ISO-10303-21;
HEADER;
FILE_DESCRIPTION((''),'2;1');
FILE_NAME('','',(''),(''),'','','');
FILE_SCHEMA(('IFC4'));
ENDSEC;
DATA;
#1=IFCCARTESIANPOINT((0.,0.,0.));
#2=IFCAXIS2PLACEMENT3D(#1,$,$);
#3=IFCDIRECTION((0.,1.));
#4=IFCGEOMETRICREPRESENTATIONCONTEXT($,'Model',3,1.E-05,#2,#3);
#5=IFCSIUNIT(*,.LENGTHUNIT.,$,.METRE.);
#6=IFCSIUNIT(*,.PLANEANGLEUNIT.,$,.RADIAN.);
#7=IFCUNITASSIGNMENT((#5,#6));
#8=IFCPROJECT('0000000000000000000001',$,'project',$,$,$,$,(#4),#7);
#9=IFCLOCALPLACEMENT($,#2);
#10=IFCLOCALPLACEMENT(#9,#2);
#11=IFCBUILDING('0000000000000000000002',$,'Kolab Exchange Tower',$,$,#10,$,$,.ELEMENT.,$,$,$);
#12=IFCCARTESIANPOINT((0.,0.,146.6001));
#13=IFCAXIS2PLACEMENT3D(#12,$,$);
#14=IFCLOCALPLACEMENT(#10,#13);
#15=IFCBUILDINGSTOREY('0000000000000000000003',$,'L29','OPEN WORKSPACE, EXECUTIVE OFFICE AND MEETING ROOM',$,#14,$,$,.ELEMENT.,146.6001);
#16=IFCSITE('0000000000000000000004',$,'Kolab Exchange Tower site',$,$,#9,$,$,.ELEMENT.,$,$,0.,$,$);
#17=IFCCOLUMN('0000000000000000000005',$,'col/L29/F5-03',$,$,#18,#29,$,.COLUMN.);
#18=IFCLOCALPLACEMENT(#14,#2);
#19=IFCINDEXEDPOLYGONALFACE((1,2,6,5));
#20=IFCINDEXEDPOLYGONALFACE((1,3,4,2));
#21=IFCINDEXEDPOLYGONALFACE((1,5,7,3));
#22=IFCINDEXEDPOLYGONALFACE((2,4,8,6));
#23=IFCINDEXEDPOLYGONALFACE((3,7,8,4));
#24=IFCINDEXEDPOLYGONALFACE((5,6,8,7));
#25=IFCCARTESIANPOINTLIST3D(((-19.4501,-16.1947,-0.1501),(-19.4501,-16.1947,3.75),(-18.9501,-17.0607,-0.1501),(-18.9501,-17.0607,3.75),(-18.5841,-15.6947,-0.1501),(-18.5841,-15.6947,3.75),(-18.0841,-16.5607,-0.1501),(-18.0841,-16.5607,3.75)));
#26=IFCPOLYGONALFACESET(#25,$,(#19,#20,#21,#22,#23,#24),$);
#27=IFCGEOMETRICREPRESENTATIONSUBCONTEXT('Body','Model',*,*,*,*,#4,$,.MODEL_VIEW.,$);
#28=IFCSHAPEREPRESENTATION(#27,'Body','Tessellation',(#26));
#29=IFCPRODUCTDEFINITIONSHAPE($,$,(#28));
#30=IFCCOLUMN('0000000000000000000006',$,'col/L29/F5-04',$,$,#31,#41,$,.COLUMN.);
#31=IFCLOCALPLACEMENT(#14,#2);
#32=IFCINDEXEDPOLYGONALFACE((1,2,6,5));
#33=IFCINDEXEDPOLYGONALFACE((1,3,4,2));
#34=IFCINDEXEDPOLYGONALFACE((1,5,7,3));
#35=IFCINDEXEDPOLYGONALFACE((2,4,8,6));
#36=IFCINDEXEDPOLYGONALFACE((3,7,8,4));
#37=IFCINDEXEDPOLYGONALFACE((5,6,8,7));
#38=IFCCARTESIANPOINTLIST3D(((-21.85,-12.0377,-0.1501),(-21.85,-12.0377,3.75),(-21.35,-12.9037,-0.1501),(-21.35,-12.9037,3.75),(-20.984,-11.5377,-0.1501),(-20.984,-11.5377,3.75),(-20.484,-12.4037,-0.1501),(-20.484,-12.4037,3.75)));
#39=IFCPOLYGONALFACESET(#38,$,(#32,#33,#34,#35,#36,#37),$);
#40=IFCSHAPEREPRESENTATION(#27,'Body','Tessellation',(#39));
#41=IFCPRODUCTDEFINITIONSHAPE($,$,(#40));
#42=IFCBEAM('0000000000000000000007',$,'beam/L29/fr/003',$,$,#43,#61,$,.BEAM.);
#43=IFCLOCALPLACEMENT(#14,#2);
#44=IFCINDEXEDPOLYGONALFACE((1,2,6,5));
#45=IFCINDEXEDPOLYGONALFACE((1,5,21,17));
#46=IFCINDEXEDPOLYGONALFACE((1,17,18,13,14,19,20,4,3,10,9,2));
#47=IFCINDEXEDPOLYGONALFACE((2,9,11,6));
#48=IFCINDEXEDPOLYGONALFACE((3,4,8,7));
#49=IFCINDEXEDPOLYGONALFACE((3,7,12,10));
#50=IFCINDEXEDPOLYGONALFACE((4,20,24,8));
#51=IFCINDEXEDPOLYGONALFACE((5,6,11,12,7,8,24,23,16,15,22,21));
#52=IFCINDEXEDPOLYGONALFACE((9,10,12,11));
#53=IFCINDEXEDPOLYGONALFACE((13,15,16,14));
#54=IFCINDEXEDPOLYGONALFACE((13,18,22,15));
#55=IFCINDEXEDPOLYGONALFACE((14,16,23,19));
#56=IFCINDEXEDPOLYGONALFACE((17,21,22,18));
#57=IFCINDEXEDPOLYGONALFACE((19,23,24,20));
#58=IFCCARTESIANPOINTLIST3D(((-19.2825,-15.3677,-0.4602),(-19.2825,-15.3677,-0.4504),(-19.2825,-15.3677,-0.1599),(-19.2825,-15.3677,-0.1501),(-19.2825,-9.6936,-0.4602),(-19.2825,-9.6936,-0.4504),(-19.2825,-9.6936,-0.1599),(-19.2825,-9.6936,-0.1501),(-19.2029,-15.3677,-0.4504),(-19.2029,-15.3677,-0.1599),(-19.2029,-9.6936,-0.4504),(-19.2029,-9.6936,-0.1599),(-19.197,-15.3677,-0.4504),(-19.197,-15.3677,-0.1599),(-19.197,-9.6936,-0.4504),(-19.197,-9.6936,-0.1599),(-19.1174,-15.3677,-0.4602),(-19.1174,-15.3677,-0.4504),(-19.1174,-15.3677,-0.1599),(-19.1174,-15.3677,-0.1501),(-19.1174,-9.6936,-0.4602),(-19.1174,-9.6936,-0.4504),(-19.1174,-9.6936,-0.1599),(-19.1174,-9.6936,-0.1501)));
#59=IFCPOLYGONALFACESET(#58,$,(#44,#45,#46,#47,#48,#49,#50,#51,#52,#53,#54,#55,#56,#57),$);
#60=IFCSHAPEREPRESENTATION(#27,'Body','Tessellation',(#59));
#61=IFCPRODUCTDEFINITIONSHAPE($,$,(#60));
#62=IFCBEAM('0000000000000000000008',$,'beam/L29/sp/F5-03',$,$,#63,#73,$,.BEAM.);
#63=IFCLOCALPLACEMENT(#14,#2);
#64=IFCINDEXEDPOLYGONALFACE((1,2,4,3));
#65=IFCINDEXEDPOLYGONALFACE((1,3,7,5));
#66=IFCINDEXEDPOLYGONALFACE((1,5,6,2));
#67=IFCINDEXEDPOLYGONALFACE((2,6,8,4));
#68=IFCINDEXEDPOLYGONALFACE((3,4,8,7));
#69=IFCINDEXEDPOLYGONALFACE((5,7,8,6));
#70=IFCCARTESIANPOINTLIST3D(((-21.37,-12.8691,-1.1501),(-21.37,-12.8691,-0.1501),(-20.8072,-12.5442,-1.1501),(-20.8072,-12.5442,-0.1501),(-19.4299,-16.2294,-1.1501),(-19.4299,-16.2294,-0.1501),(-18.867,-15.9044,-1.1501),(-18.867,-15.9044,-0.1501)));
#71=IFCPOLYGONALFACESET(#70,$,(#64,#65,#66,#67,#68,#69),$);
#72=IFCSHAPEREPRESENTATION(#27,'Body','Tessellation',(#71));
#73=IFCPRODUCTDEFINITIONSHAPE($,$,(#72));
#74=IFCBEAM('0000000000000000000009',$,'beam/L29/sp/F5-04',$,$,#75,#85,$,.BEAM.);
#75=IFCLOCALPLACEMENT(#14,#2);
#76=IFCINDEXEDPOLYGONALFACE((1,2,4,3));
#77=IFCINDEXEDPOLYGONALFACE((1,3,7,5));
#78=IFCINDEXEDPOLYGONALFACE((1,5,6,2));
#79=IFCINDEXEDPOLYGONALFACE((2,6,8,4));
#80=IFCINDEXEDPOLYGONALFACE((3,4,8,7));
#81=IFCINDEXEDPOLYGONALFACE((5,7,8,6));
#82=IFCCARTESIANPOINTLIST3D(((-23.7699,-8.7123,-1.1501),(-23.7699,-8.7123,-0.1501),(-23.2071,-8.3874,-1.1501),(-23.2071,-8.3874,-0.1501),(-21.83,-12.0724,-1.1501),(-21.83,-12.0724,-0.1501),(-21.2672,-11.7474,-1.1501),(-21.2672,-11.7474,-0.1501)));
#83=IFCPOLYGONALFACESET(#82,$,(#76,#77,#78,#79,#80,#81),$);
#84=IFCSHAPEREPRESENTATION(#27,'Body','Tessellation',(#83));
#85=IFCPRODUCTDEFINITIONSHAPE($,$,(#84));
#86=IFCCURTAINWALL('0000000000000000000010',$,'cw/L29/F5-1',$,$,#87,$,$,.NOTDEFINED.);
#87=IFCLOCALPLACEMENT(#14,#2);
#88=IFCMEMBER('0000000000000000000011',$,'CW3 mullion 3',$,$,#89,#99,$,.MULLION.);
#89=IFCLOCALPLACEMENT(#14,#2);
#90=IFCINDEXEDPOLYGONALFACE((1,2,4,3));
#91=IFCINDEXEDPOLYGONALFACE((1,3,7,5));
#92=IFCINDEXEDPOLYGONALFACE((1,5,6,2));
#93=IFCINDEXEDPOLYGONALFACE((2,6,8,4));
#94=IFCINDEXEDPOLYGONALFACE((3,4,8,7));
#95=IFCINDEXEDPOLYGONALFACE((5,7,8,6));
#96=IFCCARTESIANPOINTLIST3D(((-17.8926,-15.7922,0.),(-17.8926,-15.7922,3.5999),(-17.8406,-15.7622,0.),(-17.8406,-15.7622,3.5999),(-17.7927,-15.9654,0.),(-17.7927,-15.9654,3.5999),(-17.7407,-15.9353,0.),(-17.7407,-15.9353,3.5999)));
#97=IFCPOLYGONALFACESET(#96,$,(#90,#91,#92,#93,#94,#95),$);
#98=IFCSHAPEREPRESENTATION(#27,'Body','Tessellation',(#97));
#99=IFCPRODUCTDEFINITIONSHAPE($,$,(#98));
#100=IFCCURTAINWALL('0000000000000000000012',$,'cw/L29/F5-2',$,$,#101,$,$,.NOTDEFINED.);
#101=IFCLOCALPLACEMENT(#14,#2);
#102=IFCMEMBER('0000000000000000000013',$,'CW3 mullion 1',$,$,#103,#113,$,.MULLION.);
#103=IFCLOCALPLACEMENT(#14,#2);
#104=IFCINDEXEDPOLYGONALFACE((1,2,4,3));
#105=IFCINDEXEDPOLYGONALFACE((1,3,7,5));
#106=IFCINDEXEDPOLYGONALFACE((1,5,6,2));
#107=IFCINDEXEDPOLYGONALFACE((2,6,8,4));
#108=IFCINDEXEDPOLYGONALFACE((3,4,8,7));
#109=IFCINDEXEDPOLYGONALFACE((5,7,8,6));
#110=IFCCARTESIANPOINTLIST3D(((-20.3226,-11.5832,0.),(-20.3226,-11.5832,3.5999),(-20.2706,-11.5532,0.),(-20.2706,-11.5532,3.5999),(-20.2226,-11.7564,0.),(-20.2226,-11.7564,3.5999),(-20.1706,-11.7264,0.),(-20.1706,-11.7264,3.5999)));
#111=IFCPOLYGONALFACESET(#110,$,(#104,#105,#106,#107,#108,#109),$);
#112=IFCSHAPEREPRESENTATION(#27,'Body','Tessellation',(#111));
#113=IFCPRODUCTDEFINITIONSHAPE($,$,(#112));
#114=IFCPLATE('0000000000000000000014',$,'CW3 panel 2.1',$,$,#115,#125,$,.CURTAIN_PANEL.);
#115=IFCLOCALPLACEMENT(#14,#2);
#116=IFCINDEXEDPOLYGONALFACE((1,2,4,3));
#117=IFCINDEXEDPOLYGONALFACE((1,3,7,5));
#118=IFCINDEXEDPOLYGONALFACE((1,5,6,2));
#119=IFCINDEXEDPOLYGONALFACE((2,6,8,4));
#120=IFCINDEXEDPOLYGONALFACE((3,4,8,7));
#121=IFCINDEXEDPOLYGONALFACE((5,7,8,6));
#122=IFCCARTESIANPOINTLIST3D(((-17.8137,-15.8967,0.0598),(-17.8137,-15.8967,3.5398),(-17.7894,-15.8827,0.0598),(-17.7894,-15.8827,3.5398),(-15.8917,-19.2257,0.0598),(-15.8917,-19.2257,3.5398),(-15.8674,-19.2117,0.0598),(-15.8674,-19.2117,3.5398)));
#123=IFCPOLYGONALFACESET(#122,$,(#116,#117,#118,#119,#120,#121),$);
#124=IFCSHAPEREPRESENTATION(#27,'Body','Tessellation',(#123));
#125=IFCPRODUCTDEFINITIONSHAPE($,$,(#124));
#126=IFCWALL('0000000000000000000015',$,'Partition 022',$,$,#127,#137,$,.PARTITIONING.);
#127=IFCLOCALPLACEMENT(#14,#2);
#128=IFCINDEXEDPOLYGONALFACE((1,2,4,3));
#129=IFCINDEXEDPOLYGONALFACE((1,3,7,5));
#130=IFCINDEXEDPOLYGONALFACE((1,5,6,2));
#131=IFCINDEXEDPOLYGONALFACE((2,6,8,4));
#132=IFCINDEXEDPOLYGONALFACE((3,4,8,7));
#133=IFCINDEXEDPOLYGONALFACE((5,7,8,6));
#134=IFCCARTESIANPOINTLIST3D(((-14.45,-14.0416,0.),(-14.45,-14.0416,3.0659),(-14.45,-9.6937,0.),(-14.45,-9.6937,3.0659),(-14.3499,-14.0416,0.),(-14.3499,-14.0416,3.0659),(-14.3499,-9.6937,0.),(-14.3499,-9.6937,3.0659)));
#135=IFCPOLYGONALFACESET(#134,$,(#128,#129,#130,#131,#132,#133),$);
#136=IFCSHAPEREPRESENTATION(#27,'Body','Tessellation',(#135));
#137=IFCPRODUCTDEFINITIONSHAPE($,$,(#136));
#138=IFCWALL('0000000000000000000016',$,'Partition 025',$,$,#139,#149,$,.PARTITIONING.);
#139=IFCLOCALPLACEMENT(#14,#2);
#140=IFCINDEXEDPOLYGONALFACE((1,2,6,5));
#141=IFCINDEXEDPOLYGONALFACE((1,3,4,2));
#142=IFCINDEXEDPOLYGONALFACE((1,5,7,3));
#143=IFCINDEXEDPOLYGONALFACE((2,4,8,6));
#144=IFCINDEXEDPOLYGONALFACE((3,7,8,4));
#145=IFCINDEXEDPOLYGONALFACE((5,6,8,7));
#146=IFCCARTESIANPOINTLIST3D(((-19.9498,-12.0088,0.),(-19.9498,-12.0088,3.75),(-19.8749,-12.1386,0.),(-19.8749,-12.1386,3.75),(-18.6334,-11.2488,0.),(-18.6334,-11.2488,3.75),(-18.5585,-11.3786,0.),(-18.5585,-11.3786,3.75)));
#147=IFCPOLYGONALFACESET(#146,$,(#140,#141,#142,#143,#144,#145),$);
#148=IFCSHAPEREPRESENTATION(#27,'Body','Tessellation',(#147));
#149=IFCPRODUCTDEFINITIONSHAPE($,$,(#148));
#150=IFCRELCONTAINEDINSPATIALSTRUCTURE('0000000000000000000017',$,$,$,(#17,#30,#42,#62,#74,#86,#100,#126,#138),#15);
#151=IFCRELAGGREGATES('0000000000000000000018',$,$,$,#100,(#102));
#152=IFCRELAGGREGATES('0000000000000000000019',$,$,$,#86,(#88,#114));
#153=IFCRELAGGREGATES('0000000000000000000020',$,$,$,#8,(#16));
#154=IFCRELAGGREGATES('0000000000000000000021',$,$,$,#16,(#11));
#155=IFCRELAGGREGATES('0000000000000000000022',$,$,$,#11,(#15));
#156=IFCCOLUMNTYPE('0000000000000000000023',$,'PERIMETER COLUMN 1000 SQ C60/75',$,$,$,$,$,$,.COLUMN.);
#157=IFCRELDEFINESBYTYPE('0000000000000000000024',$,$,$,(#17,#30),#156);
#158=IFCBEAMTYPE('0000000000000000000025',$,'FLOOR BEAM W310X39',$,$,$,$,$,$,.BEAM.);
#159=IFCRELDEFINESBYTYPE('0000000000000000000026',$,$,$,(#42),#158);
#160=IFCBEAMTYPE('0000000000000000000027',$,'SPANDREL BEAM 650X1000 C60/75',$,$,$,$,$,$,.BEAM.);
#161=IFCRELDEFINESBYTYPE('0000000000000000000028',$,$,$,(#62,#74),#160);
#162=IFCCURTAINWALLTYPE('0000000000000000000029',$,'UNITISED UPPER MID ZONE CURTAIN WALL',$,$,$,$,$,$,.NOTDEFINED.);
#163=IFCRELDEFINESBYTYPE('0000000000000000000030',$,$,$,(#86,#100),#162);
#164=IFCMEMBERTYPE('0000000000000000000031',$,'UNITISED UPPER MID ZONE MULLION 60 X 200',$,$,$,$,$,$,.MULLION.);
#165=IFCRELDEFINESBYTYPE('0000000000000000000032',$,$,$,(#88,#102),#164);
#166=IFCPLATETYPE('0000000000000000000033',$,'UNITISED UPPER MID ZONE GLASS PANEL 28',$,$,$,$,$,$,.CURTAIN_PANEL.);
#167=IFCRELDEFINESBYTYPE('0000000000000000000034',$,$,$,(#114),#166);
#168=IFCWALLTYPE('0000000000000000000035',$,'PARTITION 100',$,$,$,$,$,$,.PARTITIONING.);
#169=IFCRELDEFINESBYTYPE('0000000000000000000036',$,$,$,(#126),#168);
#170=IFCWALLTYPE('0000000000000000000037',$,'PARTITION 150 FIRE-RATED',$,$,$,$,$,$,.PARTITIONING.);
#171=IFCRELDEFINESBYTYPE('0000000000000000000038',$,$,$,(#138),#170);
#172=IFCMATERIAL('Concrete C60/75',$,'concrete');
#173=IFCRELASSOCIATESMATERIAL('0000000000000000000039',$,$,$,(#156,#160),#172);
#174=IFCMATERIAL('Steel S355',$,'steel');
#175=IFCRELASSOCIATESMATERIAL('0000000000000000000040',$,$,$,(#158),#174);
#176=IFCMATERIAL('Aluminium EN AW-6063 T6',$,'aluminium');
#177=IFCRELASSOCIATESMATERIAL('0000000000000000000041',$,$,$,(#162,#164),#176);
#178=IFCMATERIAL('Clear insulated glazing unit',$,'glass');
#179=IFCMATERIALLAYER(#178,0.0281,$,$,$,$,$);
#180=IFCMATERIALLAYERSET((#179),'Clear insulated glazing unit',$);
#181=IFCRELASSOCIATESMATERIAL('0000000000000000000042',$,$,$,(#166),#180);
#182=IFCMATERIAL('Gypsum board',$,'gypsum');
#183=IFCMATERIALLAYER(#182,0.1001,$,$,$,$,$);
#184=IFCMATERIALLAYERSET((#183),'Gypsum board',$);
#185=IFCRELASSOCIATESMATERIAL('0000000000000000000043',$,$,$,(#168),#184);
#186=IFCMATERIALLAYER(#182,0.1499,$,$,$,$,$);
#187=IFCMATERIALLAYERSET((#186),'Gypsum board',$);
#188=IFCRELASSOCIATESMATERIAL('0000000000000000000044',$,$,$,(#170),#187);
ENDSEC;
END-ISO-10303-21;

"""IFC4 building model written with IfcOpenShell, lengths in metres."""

from ifc_helpers import new_model, si_unit, direction, frame, frame_2d, origin, origin_2d, place, context, subcontext, project, spatial, rectangle, i_section, extrude, material, layer, layer_set, material_profile, profile_set, type_object, element, aggregate, save


model = new_model("IFC4")

# Units and contexts
model_context = context("Model", 3, precision=1e-05, world=origin(), true_north=direction((0.0, 1.0)))
body_context = subcontext(model_context, "Body", "Model", "MODEL_VIEW")
ifc_project = project(units=[si_unit("LENGTHUNIT", "METRE"), si_unit("PLANEANGLEUNIT", "RADIAN")], contexts=[model_context])

# Site, building, storey
site_placement = place(None, origin())
site = spatial("IfcSite", under=ifc_project, at=site_placement, Name="Kolab Exchange Tower site", CompositionType="ELEMENT", RefElevation=0.0)
building_placement = place(site_placement, origin())
building = spatial("IfcBuilding", under=site, at=building_placement, Name="Kolab Exchange Tower", CompositionType="ELEMENT")
storey_placement = place(building_placement, frame((0.0, 0.0, 146.6001)))
storey = spatial("IfcBuildingStorey", under=building, at=storey_placement, Name="L29", Description="OPEN WORKSPACE, EXECUTIVE OFFICE AND MEETING ROOM", CompositionType="ELEMENT", Elevation=146.6001)

# Columns
ifc_material_1 = material(Name="Concrete C60/75", Category="concrete")
ifc_material_profile_1 = material_profile(ifc_material_1, rectangle(XDim=1.0, YDim=1.0, at=origin_2d()), Name="RC1000")
ifc_profile_set_1 = profile_set([ifc_material_profile_1], Name="Concrete C60/75")
column_type = type_object("IfcColumnType", Name="PERIMETER COLUMN 1000 SQ C60/75", PredefinedType="COLUMN", material=ifc_profile_set_1)
for number, where, z_axis, x_axis, name in (
    (1, (-18.7671, -16.3777, -0.1501), (0.0, 0.0, 1.0), (0.866025, 0.5, 0.0), "col/L29/F5-03"),
    (2, (-21.167, -12.2207, -0.1501), (0.0, 0.0, 1.0), (0.866025, 0.5, 0.0), "col/L29/F5-04"),
):
    element("IfcColumn", number, at=place(storey_placement, frame(where, z_axis=z_axis, x_axis=x_axis)), inside=storey, type_object=column_type, Name=name, PredefinedType="COLUMN", context=body_context, shape_type="SweptSolid", body=[
        extrude(rectangle(XDim=1.0, YDim=1.0, at=origin_2d()), origin(), (0.0, 0.0, 1.0), 3.9001),
    ])

# Beams
ifc_material_2 = material(Name="Steel S355", Category="steel")
ifc_material_profile_2 = material_profile(ifc_material_2, i_section(OverallWidth=0.165, OverallDepth=0.3101, WebThickness=0.0059, FlangeThickness=0.0098, at=origin_2d()), Name="W310X39")
ifc_profile_set_2 = profile_set([ifc_material_profile_2], Name="Steel S355")
beam_type_1 = type_object("IfcBeamType", Name="FLOOR BEAM W310X39", PredefinedType="BEAM", material=ifc_profile_set_2)
beam_1_placement = place(storey_placement, frame((-19.2, -15.3677, -0.3052), z_axis=(0.0, 1.0, 0.0), x_axis=(-1.0, 0.0, 0.0)))
element("IfcBeam", 3, at=beam_1_placement, inside=storey, type_object=beam_type_1, Name="beam/L29/fr/003", PredefinedType="BEAM", context=body_context, shape_type="SweptSolid", body=[
    extrude(i_section(OverallWidth=0.165, OverallDepth=0.3101, WebThickness=0.0059, FlangeThickness=0.0098, at=origin_2d()), origin(), (0.0, 0.0, 1.0), 5.6741),
])
ifc_material_profile_3 = material_profile(ifc_material_1, rectangle(XDim=0.6499, YDim=1.0, at=origin_2d()), Name="RC650X1000")
ifc_profile_set_3 = profile_set([ifc_material_profile_3], Name="Concrete C60/75")
beam_type_2 = type_object("IfcBeamType", Name="SPANDREL BEAM 650X1000 C60/75", PredefinedType="BEAM", material=ifc_profile_set_3)
beam_2_placement = place(storey_placement, frame((-19.1484, -16.0669, -0.6501), z_axis=(-0.500017, 0.866016, 0.0), x_axis=(-0.866016, -0.500017, 0.0)))
element("IfcBeam", 4, at=beam_2_placement, inside=storey, type_object=beam_type_2, Name="beam/L29/sp/F5-03", PredefinedType="BEAM", context=body_context, shape_type="SweptSolid", body=[
    extrude(rectangle(XDim=0.6499, YDim=1.0, at=origin_2d()), origin(), (0.0, 0.0, 1.0), 3.8801),
])
beam_3_placement = place(storey_placement, frame((-21.5486, -11.9099, -0.6501), z_axis=(-0.499997, 0.866027, 0.0), x_axis=(-0.866027, -0.499997, 0.0)))
element("IfcBeam", 5, at=beam_3_placement, inside=storey, type_object=beam_type_2, Name="beam/L29/sp/F5-04", PredefinedType="BEAM", context=body_context, shape_type="SweptSolid", body=[
    extrude(rectangle(XDim=0.6499, YDim=1.0, at=origin_2d()), origin(), (0.0, 0.0, 1.0), 3.8799),
])

# Curtain walls, members
ifc_material_3 = material(Name="Aluminium EN AW-6063 T6", Category="aluminium")
curtain_wall_type = type_object("IfcCurtainWallType", Name="UNITISED UPPER MID ZONE CURTAIN WALL", PredefinedType="NOTDEFINED", material=ifc_material_3)
curtain_wall_1_placement = place(storey_placement, origin())
curtain_wall_1 = element("IfcCurtainWall", 6, at=curtain_wall_1_placement, inside=storey, type_object=curtain_wall_type, Name="cw/L29/F5-1", PredefinedType="NOTDEFINED")
ifc_material_profile_4 = material_profile(ifc_material_3, rectangle(XDim=0.0601, YDim=0.2, at=origin_2d()), Name="RECT 60X200")
ifc_profile_set_4 = profile_set([ifc_material_profile_4], Name="Aluminium EN AW-6063 T6")
member_type = type_object("IfcMemberType", Name="UNITISED UPPER MID ZONE MULLION 60 X 200", PredefinedType="MULLION", material=ifc_profile_set_4)
member_1_placement = place(storey_placement, frame((-17.8167, -15.8638, 0.0), z_axis=(0.0, 0.0, 1.0), x_axis=(-0.866025, -0.5, 0.0)))
member_1 = element("IfcMember", 7, at=member_1_placement, type_object=member_type, Name="CW3 mullion 3", PredefinedType="MULLION", context=body_context, shape_type="SweptSolid", body=[
    extrude(rectangle(XDim=0.0601, YDim=0.2, at=origin_2d()), origin(), (0.0, 0.0, 1.0), 3.5999),
])
curtain_wall_2_placement = place(storey_placement, origin())
curtain_wall_2 = element("IfcCurtainWall", 8, at=curtain_wall_2_placement, inside=storey, type_object=curtain_wall_type, Name="cw/L29/F5-2", PredefinedType="NOTDEFINED")
member_2_placement = place(storey_placement, frame((-20.2466, -11.6548, 0.0), z_axis=(0.0, 0.0, 1.0), x_axis=(-0.866025, -0.5, 0.0)))
member_2 = element("IfcMember", 9, at=member_2_placement, type_object=member_type, Name="CW3 mullion 1", PredefinedType="MULLION", context=body_context, shape_type="SweptSolid", body=[
    extrude(rectangle(XDim=0.0601, YDim=0.2, at=origin_2d()), origin(), (0.0, 0.0, 1.0), 3.5999),
])
aggregate(curtain_wall_2, [member_2])

# Plate
ifc_material_4 = material(Name="Clear insulated glazing unit", Category="glass")
ifc_layer_1 = layer(ifc_material_4, 0.0281)
ifc_layer_set_1 = layer_set([ifc_layer_1], Name="Clear insulated glazing unit")
plate_type = type_object("IfcPlateType", Name="UNITISED UPPER MID ZONE GLASS PANEL 28", PredefinedType="CURTAIN_PANEL", material=ifc_layer_set_1)
plate_placement = place(storey_placement, frame((-16.8406, -17.5542, 0.0598), z_axis=(0.0, 0.0, 1.0), x_axis=(-0.5, 0.866025, 0.0)))
plate = element("IfcPlate", 10, at=plate_placement, type_object=plate_type, Name="CW3 panel 2.1", PredefinedType="CURTAIN_PANEL", context=body_context, shape_type="SweptSolid", body=[
    extrude(rectangle(XDim=3.844, YDim=0.0281, at=origin_2d()), origin(), (0.0, 0.0, 1.0), 3.48),
])
aggregate(curtain_wall_1, [member_1, plate])

# Walls
ifc_material_5 = material(Name="Gypsum board", Category="gypsum")
ifc_layer_2 = layer(ifc_material_5, 0.1001)
ifc_layer_set_2 = layer_set([ifc_layer_2], Name="Gypsum board")
wall_type_1 = type_object("IfcWallType", Name="PARTITION 100", PredefinedType="PARTITIONING", material=ifc_layer_set_2)
wall_1_placement = place(storey_placement, frame((-14.3999, -14.0415, 0.0), z_axis=(0.0, 0.0, 1.0), x_axis=(0.0, 1.0, 0.0)))
element("IfcWall", 11, at=wall_1_placement, inside=storey, type_object=wall_type_1, Name="Partition 022", PredefinedType="PARTITIONING", context=body_context, shape_type="SweptSolid", body=[
    extrude(rectangle(XDim=4.3479, YDim=0.1001, at=frame_2d((2.1738, 0.0))), origin(), (0.0, 0.0, 1.0), 3.0659),
])
ifc_layer_3 = layer(ifc_material_5, 0.1499)
ifc_layer_set_3 = layer_set([ifc_layer_3], Name="Gypsum board")
wall_type_2 = type_object("IfcWallType", Name="PARTITION 150 FIRE-RATED", PredefinedType="PARTITIONING", material=ifc_layer_set_3)
wall_2_placement = place(storey_placement, frame((-19.9124, -12.0737, 0.0), z_axis=(0.0, 0.0, 1.0), x_axis=(0.86603, 0.499991, 0.0)))
element("IfcWall", 12, at=wall_2_placement, inside=storey, type_object=wall_type_2, Name="Partition 025", PredefinedType="PARTITIONING", context=body_context, shape_type="SweptSolid", body=[
    extrude(rectangle(XDim=1.52, YDim=0.1499, at=frame_2d((0.76, 0.0))), origin(), (0.0, 0.0, 1.0), 3.75),
])

save(model, "model.ifc")
